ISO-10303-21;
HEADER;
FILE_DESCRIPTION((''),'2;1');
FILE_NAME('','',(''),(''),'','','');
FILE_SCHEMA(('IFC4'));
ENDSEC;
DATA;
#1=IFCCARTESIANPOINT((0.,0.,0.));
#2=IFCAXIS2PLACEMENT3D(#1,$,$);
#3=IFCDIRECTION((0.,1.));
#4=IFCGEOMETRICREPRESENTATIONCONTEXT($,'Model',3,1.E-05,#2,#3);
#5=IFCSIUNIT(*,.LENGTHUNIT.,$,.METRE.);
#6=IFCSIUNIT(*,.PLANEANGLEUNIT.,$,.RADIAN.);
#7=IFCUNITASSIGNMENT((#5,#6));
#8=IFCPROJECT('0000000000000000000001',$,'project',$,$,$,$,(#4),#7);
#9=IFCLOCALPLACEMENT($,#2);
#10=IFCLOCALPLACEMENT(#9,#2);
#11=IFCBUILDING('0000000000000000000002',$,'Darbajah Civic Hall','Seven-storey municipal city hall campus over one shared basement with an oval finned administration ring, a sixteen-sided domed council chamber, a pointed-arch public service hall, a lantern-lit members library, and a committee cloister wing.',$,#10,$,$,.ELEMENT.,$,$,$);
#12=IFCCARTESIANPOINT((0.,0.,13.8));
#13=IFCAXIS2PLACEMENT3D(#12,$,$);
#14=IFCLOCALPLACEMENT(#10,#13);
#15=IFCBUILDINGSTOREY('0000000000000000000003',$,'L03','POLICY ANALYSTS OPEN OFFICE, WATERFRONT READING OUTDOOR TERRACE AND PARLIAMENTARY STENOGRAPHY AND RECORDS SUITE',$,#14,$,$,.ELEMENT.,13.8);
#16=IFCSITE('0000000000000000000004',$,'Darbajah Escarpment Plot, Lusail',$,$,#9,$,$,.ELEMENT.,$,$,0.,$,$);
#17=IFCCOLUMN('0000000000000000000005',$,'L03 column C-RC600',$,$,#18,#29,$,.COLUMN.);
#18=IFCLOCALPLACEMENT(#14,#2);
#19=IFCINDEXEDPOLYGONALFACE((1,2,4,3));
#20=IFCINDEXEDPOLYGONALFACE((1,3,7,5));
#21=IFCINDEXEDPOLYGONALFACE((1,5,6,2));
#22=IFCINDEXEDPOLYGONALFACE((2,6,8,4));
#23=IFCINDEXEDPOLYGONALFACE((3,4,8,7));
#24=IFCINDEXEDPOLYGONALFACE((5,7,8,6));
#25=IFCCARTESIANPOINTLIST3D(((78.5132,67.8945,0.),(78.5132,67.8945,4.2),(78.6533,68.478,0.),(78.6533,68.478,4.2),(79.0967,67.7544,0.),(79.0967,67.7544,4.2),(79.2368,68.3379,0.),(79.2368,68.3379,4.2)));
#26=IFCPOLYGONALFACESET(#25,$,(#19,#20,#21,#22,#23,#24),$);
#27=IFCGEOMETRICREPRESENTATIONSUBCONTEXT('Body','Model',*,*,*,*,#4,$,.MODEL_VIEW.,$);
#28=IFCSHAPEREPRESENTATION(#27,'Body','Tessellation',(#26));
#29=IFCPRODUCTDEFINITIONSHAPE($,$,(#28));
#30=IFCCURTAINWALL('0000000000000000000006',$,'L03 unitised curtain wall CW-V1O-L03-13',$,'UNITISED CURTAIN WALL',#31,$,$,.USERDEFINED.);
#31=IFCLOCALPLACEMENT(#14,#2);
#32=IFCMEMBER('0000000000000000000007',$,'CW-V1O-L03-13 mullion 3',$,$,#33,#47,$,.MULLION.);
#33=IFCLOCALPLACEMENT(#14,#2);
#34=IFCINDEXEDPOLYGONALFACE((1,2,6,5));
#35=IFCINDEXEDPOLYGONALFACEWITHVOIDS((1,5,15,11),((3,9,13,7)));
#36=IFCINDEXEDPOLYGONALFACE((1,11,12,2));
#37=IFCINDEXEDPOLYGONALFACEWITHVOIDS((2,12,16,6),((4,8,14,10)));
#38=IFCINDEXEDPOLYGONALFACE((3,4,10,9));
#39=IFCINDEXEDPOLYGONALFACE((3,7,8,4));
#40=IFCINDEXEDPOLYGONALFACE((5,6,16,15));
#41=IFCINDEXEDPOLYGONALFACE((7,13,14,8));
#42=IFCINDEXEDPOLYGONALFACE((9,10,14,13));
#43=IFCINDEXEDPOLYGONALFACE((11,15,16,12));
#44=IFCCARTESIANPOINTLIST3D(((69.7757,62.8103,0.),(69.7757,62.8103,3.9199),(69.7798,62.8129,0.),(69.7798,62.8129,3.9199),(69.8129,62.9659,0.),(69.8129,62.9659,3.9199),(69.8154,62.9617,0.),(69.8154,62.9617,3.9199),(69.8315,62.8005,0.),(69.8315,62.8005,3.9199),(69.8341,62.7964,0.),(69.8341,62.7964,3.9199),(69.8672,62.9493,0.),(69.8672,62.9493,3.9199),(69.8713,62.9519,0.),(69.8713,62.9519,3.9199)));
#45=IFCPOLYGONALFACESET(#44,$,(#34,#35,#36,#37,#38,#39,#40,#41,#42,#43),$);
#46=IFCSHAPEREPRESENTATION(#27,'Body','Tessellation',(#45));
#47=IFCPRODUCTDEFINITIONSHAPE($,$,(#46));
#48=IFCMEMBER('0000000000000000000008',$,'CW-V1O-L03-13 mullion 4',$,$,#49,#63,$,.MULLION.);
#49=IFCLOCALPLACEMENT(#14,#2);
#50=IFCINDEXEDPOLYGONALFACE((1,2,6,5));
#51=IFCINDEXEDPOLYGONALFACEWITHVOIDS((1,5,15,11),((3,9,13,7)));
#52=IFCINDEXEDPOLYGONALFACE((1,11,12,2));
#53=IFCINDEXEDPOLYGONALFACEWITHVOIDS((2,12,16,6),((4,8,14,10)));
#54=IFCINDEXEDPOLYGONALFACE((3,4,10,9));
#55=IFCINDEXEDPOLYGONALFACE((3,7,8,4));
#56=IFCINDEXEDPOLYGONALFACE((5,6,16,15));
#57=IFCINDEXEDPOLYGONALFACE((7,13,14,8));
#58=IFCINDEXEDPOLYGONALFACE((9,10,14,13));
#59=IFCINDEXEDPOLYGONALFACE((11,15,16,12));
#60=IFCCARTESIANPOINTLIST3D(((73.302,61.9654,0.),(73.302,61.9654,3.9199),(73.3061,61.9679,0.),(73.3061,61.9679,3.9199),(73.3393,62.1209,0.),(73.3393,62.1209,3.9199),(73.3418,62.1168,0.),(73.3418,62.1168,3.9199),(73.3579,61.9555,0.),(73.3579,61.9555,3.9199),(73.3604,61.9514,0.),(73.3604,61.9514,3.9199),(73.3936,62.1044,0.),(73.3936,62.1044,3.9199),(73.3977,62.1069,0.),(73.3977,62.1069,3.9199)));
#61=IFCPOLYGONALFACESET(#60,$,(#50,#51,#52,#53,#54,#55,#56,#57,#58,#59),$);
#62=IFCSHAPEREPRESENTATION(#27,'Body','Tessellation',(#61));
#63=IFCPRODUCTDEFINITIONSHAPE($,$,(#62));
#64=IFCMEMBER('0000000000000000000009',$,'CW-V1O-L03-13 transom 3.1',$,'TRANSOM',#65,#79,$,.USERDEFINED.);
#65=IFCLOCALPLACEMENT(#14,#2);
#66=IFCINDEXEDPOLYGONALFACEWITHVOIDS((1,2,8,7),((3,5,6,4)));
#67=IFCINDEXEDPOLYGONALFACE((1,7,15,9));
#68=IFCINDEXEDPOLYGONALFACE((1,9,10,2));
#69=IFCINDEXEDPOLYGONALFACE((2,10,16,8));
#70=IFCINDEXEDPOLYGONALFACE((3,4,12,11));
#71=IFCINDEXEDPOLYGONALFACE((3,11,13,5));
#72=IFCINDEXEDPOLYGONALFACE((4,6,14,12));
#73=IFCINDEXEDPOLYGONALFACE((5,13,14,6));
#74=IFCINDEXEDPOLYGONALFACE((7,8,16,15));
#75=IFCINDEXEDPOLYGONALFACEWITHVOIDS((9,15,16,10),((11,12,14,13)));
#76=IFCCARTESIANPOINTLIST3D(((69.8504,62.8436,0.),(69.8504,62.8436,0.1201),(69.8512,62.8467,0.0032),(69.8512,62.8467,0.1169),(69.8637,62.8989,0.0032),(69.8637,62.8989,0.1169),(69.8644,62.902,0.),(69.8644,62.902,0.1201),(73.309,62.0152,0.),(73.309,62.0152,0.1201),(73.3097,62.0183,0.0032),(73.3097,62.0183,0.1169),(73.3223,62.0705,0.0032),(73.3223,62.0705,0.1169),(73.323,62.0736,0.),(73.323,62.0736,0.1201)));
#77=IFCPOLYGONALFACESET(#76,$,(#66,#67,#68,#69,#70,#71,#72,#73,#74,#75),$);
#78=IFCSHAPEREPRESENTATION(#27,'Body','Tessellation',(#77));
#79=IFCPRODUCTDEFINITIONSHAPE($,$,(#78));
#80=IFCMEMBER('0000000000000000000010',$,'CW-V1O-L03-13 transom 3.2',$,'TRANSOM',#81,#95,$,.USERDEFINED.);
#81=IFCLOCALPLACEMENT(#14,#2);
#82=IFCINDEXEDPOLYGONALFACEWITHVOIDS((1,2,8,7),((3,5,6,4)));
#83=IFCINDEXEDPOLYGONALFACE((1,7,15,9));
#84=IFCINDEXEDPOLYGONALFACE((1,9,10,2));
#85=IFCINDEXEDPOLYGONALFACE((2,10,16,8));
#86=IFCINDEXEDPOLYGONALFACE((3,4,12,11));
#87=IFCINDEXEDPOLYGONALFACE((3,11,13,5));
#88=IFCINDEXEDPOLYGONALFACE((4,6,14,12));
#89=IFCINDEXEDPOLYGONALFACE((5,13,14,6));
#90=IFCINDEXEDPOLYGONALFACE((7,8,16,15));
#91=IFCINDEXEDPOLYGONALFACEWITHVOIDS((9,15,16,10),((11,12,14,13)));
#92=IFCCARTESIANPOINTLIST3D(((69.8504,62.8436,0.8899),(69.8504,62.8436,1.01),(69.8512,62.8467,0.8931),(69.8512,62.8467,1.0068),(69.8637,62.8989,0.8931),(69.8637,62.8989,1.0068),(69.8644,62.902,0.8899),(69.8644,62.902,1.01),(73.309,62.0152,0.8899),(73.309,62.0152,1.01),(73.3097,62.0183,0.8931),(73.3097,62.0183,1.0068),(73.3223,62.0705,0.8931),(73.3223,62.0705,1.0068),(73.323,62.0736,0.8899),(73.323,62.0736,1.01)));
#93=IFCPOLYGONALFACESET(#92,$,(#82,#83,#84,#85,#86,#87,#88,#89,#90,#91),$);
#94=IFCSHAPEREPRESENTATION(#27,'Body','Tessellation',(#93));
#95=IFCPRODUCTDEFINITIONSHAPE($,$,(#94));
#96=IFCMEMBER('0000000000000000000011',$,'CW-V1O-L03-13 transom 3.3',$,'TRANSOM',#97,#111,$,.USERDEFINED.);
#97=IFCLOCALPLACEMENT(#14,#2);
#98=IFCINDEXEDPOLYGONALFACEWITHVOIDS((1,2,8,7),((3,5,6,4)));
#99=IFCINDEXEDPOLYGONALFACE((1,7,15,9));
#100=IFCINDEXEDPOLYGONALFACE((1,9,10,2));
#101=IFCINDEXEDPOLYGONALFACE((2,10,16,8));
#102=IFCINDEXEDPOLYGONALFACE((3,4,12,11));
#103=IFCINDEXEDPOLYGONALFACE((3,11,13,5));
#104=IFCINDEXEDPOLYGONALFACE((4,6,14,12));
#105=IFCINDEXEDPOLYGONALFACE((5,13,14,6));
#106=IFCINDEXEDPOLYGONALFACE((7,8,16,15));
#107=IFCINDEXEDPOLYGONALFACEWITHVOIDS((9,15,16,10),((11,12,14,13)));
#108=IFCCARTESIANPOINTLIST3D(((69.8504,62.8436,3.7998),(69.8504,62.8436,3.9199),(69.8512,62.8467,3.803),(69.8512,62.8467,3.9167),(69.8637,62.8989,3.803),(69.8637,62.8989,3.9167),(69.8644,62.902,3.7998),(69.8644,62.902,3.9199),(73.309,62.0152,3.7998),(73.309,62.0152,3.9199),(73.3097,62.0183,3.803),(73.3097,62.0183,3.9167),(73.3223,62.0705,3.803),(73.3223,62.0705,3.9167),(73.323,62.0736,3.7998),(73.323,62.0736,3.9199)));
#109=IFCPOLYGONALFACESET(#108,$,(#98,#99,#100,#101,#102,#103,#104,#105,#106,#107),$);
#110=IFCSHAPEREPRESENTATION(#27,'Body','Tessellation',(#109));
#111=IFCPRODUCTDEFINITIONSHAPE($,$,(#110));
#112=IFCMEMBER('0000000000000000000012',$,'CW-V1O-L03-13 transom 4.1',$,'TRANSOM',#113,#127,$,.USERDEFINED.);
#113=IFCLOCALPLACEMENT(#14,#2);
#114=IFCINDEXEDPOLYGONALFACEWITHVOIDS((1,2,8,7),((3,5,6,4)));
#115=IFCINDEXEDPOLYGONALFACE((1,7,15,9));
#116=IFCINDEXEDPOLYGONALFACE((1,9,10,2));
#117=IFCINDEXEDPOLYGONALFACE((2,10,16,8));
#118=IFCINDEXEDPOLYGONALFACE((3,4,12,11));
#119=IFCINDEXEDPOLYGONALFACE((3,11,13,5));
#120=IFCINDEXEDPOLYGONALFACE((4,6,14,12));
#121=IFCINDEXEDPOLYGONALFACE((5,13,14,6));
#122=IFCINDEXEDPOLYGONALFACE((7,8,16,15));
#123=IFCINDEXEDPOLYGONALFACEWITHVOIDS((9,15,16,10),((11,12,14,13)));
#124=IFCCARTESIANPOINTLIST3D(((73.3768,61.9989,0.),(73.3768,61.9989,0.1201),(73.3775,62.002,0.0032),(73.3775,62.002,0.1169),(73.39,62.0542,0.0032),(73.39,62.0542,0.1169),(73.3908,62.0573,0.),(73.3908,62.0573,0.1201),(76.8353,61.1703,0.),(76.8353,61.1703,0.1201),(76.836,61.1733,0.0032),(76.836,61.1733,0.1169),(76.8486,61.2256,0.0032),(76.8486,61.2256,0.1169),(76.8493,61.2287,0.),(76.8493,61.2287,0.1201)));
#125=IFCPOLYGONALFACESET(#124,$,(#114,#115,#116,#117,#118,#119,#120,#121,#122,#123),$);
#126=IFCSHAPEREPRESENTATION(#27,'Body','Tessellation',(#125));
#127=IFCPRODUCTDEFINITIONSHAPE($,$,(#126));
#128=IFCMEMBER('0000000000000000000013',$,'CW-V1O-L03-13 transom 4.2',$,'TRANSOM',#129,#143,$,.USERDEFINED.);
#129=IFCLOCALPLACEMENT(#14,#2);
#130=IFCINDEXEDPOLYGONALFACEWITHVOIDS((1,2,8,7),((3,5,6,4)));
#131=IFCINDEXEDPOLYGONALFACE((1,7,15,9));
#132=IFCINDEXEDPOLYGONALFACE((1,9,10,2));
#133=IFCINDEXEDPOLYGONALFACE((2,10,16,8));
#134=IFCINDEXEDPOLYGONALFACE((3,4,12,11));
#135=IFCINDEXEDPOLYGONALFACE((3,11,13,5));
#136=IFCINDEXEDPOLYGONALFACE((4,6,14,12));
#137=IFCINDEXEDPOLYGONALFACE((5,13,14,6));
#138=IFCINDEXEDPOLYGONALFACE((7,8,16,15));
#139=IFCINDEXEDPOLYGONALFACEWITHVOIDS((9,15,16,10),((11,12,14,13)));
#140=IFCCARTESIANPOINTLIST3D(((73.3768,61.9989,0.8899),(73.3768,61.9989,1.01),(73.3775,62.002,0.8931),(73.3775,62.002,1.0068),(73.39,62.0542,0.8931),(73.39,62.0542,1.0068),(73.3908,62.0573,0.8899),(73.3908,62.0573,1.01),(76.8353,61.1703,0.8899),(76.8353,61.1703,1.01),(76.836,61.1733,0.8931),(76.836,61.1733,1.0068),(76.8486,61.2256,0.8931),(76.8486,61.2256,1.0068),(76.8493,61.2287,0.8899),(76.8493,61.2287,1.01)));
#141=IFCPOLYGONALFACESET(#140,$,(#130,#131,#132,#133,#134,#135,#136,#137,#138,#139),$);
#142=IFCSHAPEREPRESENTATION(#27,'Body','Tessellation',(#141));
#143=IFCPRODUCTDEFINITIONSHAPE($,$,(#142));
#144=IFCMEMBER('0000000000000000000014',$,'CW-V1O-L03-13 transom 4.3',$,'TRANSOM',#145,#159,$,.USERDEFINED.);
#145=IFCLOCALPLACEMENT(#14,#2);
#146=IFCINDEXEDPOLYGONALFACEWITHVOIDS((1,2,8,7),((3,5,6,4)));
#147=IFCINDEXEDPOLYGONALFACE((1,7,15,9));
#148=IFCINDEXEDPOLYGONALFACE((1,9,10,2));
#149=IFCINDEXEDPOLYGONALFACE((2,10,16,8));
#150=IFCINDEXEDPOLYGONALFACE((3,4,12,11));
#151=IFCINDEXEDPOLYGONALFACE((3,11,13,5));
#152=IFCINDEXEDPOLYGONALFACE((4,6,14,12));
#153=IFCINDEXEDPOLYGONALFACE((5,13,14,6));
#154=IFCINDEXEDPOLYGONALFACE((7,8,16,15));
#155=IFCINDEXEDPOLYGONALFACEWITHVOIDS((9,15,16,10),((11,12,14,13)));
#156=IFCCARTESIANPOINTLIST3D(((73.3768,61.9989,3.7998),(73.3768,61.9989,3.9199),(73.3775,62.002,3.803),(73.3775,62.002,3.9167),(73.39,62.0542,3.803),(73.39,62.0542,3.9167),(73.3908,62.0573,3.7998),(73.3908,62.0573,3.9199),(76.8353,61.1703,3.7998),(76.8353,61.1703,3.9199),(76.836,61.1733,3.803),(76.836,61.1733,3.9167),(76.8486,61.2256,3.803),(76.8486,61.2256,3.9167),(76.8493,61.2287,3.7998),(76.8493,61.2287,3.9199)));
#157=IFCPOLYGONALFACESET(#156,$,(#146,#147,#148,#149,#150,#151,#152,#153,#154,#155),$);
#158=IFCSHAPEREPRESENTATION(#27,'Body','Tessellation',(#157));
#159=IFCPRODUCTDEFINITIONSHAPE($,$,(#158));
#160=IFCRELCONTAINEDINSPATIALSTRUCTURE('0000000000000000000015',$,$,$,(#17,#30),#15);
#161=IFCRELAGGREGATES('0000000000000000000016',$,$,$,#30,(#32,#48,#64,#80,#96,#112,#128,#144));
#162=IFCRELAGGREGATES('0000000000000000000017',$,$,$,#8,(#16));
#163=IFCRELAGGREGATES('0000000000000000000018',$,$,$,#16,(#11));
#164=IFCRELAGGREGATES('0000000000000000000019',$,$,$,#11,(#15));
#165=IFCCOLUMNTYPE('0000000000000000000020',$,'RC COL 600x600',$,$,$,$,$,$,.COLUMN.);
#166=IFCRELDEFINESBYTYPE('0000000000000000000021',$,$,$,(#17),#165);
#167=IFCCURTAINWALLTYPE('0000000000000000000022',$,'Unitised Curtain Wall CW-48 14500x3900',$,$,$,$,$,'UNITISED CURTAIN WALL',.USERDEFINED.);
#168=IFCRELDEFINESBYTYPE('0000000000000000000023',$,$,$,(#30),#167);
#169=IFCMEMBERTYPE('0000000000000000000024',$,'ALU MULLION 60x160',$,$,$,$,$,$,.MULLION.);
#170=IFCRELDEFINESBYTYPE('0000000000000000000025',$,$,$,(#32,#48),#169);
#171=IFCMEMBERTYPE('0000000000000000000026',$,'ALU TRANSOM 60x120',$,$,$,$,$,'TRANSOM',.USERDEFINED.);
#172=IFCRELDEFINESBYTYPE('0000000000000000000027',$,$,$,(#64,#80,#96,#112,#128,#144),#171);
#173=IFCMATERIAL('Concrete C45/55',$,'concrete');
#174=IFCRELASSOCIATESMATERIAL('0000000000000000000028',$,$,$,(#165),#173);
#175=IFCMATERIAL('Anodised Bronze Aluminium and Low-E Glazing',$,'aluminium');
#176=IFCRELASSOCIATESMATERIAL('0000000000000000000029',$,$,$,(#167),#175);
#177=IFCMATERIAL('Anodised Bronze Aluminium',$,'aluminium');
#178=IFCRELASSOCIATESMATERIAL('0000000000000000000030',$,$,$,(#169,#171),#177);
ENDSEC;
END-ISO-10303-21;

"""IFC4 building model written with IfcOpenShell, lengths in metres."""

from ifc_helpers import new_model, si_unit, direction, frame, origin, origin_2d, place, context, subcontext, project, spatial, rectangle, hollow_rectangle, extrude, material, material_profile, profile_set, type_object, element, aggregate, save


model = new_model("IFC4")

# Units and contexts
model_context = context("Model", 3, precision=1e-05, world=origin(), true_north=direction((0.0, 1.0)))
body_context = subcontext(model_context, "Body", "Model", "MODEL_VIEW")
ifc_project = project(units=[si_unit("LENGTHUNIT", "METRE"), si_unit("PLANEANGLEUNIT", "RADIAN")], contexts=[model_context])

# Site, building, storey
site_placement = place(None, origin())
site = spatial("IfcSite", under=ifc_project, at=site_placement, Name="Darbajah Escarpment Plot, Lusail", CompositionType="ELEMENT", RefElevation=0.0)
building_placement = place(site_placement, origin())
building = spatial("IfcBuilding", under=site, at=building_placement, Name="Darbajah Civic Hall", Description="Seven-storey municipal city hall campus over one shared basement with an oval finned administration ring, a sixteen-sided domed council chamber, a pointed-arch public service hall, a lantern-lit members library, and a committee cloister wing.", CompositionType="ELEMENT")
storey_placement = place(building_placement, frame((0.0, 0.0, 13.8)))
storey = spatial("IfcBuildingStorey", under=building, at=storey_placement, Name="L03", Description="POLICY ANALYSTS OPEN OFFICE, WATERFRONT READING OUTDOOR TERRACE AND PARLIAMENTARY STENOGRAPHY AND RECORDS SUITE", CompositionType="ELEMENT", Elevation=13.8)

# Column
ifc_material_1 = material(Name="Concrete C45/55", Category="concrete")
ifc_material_profile_1 = material_profile(ifc_material_1, rectangle(XDim=0.6001, YDim=0.6001, at=origin_2d()), Name="RC COL 600x600")
ifc_profile_set_1 = profile_set([ifc_material_profile_1], Name="Concrete C45/55")
column_type = type_object("IfcColumnType", Name="RC COL 600x600", PredefinedType="COLUMN", material=ifc_profile_set_1)
column_placement = place(storey_placement, frame((78.875, 68.1162, 0.0), z_axis=(0.0, 0.0, 1.0), x_axis=(-0.233445, -0.97237, 0.0)))
element("IfcColumn", 1, at=column_placement, inside=storey, type_object=column_type, Name="L03 column C-RC600", PredefinedType="COLUMN", context=body_context, shape_type="SweptSolid", body=[
    extrude(rectangle(XDim=0.6001, YDim=0.6001, at=origin_2d()), origin(), (0.0, 0.0, 1.0), 4.2),
])

# Curtain wall, members
ifc_material_2 = material(Name="Anodised Bronze Aluminium and Low-E Glazing", Category="aluminium")
curtain_wall_type = type_object("IfcCurtainWallType", Name="Unitised Curtain Wall CW-48 14500x3900", ElementType="UNITISED CURTAIN WALL", PredefinedType="USERDEFINED", material=ifc_material_2)
curtain_wall_placement = place(storey_placement, origin())
curtain_wall = element("IfcCurtainWall", 2, at=curtain_wall_placement, inside=storey, type_object=curtain_wall_type, Name="L03 unitised curtain wall CW-V1O-L03-13", ObjectType="UNITISED CURTAIN WALL", PredefinedType="USERDEFINED")
ifc_material_3 = material(Name="Anodised Bronze Aluminium", Category="aluminium")
ifc_material_profile_2 = material_profile(ifc_material_3, hollow_rectangle(XDim=0.0601, YDim=0.1599, WallThickness=0.0034, at=origin_2d()), Name="ALU MULLION 60x160")
ifc_profile_set_2 = profile_set([ifc_material_profile_2], Name="Anodised Bronze Aluminium")
member_type_1 = type_object("IfcMemberType", Name="ALU MULLION 60x160", PredefinedType="MULLION", material=ifc_profile_set_2)
member_1_placement = place(storey_placement, frame((69.8235, 62.8811, 0.0), z_axis=(0.0, 0.0, 1.0), x_axis=(0.972492, -0.232936, 0.0)))
member_1 = element("IfcMember", 3, at=member_1_placement, type_object=member_type_1, Name="CW-V1O-L03-13 mullion 3", PredefinedType="MULLION", context=body_context, shape_type="SweptSolid", body=[
    extrude(hollow_rectangle(XDim=0.0601, YDim=0.1599, WallThickness=0.0034, at=origin_2d()), origin(), (0.0, 0.0, 1.0), 3.9199),
])
member_2_placement = place(storey_placement, frame((73.3499, 62.0361, 0.0), z_axis=(0.0, 0.0, 1.0), x_axis=(0.972492, -0.232936, 0.0)))
member_2 = element("IfcMember", 4, at=member_2_placement, type_object=member_type_1, Name="CW-V1O-L03-13 mullion 4", PredefinedType="MULLION", context=body_context, shape_type="SweptSolid", body=[
    extrude(hollow_rectangle(XDim=0.0601, YDim=0.1599, WallThickness=0.0034, at=origin_2d()), origin(), (0.0, 0.0, 1.0), 3.9199),
])
ifc_material_profile_3 = material_profile(ifc_material_3, hollow_rectangle(XDim=0.0601, YDim=0.1201, WallThickness=0.0032, at=origin_2d()), Name="ALU TRANSOM 60x120")
ifc_profile_set_3 = profile_set([ifc_material_profile_3], Name="Anodised Bronze Aluminium")
member_type_2 = type_object("IfcMemberType", Name="ALU TRANSOM 60x120", ElementType="TRANSOM", PredefinedType="USERDEFINED", material=ifc_profile_set_3)
member_3_placement = place(storey_placement, frame((69.8574, 62.8728, 0.0601), z_axis=(0.972494, -0.232929, 0.0), x_axis=(0.232929, 0.972494, 0.0)))
member_3 = element("IfcMember", 5, at=member_3_placement, type_object=member_type_2, Name="CW-V1O-L03-13 transom 3.1", ObjectType="TRANSOM", PredefinedType="USERDEFINED", context=body_context, shape_type="SweptSolid", body=[
    extrude(hollow_rectangle(XDim=0.0601, YDim=0.1201, WallThickness=0.0032, at=origin_2d()), origin(), (0.0, 0.0, 1.0), 3.5564),
])
member_4_placement = place(storey_placement, frame((69.8574, 62.8728, 0.95), z_axis=(0.972494, -0.232929, 0.0), x_axis=(0.232929, 0.972494, 0.0)))
member_4 = element("IfcMember", 6, at=member_4_placement, type_object=member_type_2, Name="CW-V1O-L03-13 transom 3.2", ObjectType="TRANSOM", PredefinedType="USERDEFINED", context=body_context, shape_type="SweptSolid", body=[
    extrude(hollow_rectangle(XDim=0.0601, YDim=0.1201, WallThickness=0.0032, at=origin_2d()), origin(), (0.0, 0.0, 1.0), 3.5564),
])
member_5_placement = place(storey_placement, frame((69.8574, 62.8728, 3.8599), z_axis=(0.972494, -0.232929, 0.0), x_axis=(0.232929, 0.972494, 0.0)))
member_5 = element("IfcMember", 7, at=member_5_placement, type_object=member_type_2, Name="CW-V1O-L03-13 transom 3.3", ObjectType="TRANSOM", PredefinedType="USERDEFINED", context=body_context, shape_type="SweptSolid", body=[
    extrude(hollow_rectangle(XDim=0.0601, YDim=0.1201, WallThickness=0.0032, at=origin_2d()), origin(), (0.0, 0.0, 1.0), 3.5564),
])
member_6_placement = place(storey_placement, frame((73.3838, 62.0281, 0.0601), z_axis=(0.972478, -0.232994, 0.0), x_axis=(0.232994, 0.972478, 0.0)))
member_6 = element("IfcMember", 8, at=member_6_placement, type_object=member_type_2, Name="CW-V1O-L03-13 transom 4.1", ObjectType="TRANSOM", PredefinedType="USERDEFINED", context=body_context, shape_type="SweptSolid", body=[
    extrude(hollow_rectangle(XDim=0.0601, YDim=0.1201, WallThickness=0.0032, at=origin_2d()), origin(), (0.0, 0.0, 1.0), 3.5564),
])
member_7_placement = place(storey_placement, frame((73.3838, 62.0281, 0.95), z_axis=(0.972478, -0.232994, 0.0), x_axis=(0.232994, 0.972478, 0.0)))
member_7 = element("IfcMember", 9, at=member_7_placement, type_object=member_type_2, Name="CW-V1O-L03-13 transom 4.2", ObjectType="TRANSOM", PredefinedType="USERDEFINED", context=body_context, shape_type="SweptSolid", body=[
    extrude(hollow_rectangle(XDim=0.0601, YDim=0.1201, WallThickness=0.0032, at=origin_2d()), origin(), (0.0, 0.0, 1.0), 3.5564),
])
member_8_placement = place(storey_placement, frame((73.3838, 62.0281, 3.8599), z_axis=(0.972478, -0.232994, 0.0), x_axis=(0.232994, 0.972478, 0.0)))
member_8 = element("IfcMember", 10, at=member_8_placement, type_object=member_type_2, Name="CW-V1O-L03-13 transom 4.3", ObjectType="TRANSOM", PredefinedType="USERDEFINED", context=body_context, shape_type="SweptSolid", body=[
    extrude(hollow_rectangle(XDim=0.0601, YDim=0.1201, WallThickness=0.0032, at=origin_2d()), origin(), (0.0, 0.0, 1.0), 3.5564),
])

aggregate(curtain_wall, [member_1, member_2, member_3, member_4, member_5, member_6, member_7, member_8])

save(model, "model.ifc")
